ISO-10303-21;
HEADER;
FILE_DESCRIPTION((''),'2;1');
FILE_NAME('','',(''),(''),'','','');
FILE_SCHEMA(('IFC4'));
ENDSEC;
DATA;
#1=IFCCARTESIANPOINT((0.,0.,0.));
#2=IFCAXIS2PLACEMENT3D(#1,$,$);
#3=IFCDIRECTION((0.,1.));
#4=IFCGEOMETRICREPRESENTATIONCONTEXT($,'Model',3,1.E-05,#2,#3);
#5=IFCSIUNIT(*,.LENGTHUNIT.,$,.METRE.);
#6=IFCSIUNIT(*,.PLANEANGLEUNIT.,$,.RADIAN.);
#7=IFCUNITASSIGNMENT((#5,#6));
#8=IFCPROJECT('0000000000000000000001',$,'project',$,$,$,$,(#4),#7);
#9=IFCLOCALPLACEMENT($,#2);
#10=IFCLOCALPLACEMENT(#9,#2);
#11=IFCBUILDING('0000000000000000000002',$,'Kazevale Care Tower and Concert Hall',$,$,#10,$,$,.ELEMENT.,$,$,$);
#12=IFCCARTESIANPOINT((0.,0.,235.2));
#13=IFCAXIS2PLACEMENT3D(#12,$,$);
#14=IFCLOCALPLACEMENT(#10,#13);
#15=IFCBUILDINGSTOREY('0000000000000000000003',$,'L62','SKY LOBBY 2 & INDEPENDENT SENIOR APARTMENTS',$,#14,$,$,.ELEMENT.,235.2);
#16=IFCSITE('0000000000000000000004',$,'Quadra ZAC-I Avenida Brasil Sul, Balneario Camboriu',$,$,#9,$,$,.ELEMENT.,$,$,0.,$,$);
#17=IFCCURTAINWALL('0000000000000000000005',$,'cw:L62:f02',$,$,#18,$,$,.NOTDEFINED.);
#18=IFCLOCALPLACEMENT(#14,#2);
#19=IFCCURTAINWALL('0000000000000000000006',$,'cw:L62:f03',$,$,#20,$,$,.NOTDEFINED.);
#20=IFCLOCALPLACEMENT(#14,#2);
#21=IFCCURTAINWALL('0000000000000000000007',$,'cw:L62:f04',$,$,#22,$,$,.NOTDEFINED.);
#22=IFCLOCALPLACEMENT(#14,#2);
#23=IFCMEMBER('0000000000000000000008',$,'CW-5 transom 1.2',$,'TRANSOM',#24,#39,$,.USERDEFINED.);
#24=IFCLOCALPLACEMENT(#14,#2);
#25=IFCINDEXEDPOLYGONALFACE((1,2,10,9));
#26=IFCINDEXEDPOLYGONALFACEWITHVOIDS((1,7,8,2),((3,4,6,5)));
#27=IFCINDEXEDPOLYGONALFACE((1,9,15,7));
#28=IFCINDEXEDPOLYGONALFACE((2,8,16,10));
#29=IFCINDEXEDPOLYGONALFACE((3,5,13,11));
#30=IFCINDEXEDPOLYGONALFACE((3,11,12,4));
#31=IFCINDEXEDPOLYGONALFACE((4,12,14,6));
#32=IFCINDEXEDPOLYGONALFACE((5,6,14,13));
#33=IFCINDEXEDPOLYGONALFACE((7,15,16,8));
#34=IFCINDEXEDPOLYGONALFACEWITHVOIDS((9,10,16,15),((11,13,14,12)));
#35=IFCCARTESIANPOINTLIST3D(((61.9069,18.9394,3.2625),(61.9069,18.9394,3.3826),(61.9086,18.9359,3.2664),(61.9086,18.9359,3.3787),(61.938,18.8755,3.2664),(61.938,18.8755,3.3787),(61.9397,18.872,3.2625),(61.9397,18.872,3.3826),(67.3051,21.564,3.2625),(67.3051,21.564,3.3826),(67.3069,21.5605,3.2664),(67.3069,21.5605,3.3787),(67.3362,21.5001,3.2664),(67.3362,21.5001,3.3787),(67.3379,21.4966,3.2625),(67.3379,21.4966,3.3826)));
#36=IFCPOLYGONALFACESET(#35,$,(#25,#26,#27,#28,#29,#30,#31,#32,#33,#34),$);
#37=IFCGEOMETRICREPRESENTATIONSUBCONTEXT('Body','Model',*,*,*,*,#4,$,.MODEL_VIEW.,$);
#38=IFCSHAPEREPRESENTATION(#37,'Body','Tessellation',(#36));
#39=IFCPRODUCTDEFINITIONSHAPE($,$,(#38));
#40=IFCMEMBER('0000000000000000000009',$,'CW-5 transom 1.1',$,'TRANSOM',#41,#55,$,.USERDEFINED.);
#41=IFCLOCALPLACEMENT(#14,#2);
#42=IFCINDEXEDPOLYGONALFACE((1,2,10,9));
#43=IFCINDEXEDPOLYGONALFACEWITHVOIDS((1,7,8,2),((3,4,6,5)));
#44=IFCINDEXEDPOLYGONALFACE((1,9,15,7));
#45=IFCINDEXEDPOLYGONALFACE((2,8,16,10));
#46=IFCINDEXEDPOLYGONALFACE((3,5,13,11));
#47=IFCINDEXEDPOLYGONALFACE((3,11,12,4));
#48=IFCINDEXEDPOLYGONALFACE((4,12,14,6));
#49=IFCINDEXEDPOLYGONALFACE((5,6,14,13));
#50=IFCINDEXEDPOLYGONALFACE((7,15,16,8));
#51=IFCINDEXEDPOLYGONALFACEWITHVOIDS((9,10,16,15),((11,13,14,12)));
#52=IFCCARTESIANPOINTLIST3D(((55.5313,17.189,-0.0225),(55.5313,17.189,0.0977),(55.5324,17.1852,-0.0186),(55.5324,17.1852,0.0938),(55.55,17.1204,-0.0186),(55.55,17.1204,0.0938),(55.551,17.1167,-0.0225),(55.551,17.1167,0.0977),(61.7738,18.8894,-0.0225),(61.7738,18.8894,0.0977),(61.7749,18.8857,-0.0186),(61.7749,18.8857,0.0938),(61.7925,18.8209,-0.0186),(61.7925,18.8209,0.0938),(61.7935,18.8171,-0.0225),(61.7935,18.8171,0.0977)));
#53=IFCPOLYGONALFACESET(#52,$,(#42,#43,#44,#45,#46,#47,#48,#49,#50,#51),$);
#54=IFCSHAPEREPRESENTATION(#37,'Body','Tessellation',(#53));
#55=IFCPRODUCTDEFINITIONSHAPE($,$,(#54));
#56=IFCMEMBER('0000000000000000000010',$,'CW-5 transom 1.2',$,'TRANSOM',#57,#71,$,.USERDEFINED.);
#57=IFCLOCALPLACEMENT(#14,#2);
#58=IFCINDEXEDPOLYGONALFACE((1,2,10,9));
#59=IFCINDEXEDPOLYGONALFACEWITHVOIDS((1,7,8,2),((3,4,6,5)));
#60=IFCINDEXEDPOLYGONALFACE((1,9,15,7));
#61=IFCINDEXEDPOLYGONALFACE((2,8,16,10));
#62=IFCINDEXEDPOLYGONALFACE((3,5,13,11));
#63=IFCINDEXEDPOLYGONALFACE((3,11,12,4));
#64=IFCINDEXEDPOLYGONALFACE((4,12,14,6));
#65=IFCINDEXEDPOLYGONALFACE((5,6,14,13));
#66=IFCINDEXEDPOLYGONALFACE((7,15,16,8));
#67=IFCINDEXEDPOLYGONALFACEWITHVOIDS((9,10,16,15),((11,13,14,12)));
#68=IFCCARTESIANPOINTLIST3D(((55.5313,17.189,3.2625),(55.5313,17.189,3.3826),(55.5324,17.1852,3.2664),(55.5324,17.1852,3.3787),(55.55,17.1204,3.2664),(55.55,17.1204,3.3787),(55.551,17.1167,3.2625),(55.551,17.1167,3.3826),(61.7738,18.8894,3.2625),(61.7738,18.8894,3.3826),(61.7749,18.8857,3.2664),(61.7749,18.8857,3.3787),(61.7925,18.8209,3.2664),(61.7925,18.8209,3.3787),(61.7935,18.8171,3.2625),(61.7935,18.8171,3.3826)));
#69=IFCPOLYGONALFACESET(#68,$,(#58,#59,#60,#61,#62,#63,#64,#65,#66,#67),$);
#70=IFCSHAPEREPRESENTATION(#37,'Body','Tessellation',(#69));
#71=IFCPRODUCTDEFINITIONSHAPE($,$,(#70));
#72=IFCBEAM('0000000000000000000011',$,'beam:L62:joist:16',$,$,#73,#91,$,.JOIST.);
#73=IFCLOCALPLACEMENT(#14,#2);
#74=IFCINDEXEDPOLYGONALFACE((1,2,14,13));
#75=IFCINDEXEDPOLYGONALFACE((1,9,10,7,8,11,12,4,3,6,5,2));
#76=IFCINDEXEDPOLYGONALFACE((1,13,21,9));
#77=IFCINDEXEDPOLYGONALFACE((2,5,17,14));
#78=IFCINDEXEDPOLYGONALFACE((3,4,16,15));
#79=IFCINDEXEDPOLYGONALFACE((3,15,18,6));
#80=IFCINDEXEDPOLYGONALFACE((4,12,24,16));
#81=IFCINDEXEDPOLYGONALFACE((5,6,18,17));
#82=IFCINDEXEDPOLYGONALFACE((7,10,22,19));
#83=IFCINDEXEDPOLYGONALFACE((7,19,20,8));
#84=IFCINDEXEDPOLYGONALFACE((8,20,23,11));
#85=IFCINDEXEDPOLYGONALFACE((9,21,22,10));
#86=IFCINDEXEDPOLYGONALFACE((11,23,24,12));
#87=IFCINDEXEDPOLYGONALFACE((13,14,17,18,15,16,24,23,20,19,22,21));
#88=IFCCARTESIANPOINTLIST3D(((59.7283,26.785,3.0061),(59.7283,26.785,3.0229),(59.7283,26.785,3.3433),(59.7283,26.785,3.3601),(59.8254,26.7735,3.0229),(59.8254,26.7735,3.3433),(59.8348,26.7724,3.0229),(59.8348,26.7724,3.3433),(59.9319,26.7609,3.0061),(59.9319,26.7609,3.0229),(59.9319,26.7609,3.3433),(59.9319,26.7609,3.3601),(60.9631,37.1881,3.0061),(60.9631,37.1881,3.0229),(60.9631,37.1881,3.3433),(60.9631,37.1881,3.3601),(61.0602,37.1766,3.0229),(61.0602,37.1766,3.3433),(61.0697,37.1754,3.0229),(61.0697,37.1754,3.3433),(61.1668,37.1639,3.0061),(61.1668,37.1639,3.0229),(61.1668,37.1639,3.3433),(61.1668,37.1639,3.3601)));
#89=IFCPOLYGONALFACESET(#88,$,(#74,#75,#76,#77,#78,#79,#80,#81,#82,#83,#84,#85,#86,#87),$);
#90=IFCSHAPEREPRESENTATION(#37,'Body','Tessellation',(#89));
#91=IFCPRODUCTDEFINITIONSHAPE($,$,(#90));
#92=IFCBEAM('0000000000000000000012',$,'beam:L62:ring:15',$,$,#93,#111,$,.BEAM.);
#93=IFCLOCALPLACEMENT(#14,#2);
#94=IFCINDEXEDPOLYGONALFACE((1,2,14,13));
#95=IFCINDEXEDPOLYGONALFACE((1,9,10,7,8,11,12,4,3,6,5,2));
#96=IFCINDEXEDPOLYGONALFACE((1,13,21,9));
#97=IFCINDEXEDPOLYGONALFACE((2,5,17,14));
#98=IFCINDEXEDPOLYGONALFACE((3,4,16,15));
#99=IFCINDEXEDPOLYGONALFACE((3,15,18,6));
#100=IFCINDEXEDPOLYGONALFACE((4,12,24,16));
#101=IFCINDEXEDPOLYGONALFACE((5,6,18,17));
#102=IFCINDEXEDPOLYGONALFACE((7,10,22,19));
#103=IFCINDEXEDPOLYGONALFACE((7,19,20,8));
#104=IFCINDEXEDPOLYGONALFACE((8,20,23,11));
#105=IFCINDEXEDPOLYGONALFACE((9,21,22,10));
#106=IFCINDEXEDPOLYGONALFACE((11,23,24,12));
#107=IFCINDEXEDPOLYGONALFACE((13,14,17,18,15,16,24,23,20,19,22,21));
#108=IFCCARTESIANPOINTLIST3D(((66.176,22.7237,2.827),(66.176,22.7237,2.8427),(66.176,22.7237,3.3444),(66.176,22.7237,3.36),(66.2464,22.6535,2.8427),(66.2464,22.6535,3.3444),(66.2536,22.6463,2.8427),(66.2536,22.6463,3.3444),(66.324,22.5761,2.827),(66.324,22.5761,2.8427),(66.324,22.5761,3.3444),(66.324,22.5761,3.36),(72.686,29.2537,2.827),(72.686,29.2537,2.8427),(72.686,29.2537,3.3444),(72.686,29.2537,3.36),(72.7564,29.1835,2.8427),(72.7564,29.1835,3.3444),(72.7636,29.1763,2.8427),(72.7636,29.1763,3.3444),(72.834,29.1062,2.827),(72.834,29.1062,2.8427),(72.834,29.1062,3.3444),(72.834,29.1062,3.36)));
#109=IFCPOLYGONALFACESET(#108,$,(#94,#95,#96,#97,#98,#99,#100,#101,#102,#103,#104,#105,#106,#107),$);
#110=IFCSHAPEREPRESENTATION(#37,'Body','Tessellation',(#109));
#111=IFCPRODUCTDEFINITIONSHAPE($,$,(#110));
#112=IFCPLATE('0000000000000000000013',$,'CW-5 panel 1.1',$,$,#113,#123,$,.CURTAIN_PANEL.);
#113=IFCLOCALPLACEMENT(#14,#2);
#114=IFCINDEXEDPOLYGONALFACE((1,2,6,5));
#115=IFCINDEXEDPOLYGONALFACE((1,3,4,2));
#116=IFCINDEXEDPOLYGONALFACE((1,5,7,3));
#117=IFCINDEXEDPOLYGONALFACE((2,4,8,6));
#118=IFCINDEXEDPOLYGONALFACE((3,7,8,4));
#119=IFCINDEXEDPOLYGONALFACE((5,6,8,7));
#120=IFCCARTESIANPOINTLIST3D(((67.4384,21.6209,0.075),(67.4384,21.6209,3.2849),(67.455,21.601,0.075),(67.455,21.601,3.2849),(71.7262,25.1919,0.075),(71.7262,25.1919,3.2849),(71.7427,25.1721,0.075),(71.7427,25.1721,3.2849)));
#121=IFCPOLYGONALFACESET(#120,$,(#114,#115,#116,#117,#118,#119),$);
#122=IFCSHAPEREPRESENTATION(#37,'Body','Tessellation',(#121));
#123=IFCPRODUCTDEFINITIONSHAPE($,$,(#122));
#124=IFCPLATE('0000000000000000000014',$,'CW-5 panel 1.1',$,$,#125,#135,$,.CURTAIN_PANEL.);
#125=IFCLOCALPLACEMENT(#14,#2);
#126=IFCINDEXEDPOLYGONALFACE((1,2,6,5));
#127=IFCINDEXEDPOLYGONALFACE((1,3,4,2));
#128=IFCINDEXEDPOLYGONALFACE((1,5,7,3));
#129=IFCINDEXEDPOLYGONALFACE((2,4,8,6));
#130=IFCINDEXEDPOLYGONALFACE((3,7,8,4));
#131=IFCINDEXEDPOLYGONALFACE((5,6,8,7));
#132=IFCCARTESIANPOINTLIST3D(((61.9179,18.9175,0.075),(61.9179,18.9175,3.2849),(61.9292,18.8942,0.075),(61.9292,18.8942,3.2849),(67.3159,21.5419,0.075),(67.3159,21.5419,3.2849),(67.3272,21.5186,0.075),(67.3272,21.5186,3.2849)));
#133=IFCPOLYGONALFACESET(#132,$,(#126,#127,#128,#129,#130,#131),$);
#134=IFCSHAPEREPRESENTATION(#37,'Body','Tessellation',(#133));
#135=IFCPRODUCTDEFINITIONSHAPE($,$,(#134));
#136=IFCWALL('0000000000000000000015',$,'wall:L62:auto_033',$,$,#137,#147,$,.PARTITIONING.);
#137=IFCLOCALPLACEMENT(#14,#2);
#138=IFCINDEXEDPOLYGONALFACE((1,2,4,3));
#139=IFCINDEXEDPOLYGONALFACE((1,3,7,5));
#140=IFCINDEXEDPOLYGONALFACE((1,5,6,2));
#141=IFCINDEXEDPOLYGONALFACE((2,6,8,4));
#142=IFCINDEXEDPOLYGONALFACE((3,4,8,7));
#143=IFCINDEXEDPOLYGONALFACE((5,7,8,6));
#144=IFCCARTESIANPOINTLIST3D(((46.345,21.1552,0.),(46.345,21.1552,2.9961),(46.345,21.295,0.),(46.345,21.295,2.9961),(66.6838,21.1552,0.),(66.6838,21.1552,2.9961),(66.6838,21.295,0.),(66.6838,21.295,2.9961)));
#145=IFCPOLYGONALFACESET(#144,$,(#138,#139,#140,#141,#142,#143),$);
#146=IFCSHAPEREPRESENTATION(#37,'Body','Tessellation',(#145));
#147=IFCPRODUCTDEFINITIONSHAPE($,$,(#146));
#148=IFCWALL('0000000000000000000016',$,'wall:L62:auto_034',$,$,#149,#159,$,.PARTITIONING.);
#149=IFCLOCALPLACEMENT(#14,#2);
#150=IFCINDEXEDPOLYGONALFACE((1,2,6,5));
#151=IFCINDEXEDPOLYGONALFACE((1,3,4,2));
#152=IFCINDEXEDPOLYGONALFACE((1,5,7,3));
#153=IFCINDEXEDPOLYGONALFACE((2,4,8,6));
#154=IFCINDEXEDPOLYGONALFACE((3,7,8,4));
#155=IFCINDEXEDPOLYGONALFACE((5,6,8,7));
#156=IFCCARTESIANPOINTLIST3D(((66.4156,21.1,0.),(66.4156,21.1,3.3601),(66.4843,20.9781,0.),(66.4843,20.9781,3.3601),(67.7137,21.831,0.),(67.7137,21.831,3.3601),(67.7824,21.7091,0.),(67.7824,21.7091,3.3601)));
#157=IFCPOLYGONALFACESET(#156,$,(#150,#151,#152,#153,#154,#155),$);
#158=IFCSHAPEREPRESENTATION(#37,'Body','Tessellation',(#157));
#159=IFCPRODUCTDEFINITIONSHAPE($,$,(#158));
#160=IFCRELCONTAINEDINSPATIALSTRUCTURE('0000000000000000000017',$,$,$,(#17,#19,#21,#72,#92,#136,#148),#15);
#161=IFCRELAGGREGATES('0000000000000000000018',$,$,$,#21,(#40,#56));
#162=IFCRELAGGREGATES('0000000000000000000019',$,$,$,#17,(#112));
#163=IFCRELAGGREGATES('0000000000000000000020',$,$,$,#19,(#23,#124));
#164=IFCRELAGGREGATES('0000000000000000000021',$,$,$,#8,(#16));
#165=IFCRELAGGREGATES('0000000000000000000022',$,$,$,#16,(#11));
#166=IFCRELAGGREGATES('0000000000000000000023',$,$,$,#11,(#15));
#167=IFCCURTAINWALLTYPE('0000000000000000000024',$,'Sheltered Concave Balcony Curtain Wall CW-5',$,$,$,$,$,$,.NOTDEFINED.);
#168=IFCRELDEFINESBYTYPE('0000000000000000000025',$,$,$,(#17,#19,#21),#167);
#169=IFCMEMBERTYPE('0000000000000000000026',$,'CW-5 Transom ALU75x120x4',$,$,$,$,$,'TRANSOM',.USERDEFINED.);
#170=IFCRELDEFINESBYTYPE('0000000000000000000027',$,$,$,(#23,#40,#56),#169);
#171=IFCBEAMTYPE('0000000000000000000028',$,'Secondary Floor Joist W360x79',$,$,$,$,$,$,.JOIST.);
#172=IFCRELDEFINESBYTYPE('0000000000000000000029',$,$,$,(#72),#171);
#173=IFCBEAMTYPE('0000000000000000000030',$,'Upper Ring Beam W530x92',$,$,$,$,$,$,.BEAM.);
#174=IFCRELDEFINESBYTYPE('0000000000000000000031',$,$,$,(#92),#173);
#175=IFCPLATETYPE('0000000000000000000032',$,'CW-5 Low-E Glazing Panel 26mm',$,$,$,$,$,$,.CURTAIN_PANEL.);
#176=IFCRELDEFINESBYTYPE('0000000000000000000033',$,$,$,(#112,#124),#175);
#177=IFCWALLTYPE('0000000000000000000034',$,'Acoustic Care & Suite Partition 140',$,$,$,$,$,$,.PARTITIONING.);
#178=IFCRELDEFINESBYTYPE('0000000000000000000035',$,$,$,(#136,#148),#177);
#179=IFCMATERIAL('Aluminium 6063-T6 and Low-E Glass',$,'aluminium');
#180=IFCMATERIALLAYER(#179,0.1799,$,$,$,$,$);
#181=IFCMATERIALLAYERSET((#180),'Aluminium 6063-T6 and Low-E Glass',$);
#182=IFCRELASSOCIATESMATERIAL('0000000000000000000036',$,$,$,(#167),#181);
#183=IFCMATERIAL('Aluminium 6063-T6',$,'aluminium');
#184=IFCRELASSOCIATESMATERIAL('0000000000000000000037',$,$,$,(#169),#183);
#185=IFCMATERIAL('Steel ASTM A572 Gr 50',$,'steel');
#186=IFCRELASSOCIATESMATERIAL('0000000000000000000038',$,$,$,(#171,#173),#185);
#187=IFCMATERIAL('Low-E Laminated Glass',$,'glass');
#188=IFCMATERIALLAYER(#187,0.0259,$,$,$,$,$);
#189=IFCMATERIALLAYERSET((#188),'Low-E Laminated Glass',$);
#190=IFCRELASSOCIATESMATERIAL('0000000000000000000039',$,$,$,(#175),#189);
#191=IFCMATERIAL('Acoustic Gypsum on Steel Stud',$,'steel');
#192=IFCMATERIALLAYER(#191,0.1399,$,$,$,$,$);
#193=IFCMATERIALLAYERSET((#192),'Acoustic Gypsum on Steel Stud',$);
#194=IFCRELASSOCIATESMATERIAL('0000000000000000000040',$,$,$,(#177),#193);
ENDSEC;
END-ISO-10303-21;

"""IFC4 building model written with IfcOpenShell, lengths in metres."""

from ifc_helpers import new_model, si_unit, direction, frame, frame_2d, origin, origin_2d, place, context, subcontext, project, spatial, rectangle, hollow_rectangle, i_section, extrude, material, layer, layer_set, material_profile, profile_set, type_object, element, aggregate, save


model = new_model("IFC4")

# Units and contexts
model_context = context("Model", 3, precision=1e-05, world=origin(), true_north=direction((0.0, 1.0)))
body_context = subcontext(model_context, "Body", "Model", "MODEL_VIEW")
ifc_project = project(units=[si_unit("LENGTHUNIT", "METRE"), si_unit("PLANEANGLEUNIT", "RADIAN")], contexts=[model_context])

# Site, building, storey
site_placement = place(None, origin())
site = spatial("IfcSite", under=ifc_project, at=site_placement, Name="Quadra ZAC-I Avenida Brasil Sul, Balneario Camboriu", CompositionType="ELEMENT", RefElevation=0.0)
building_placement = place(site_placement, origin())
building = spatial("IfcBuilding", under=site, at=building_placement, Name="Kazevale Care Tower and Concert Hall", CompositionType="ELEMENT")
storey_placement = place(building_placement, frame((0.0, 0.0, 235.2)))
storey = spatial("IfcBuildingStorey", under=building, at=storey_placement, Name="L62", Description="SKY LOBBY 2 & INDEPENDENT SENIOR APARTMENTS", CompositionType="ELEMENT", Elevation=235.2)

# Curtain walls
ifc_material_1 = material(Name="Aluminium 6063-T6 and Low-E Glass", Category="aluminium")
ifc_layer_1 = layer(ifc_material_1, 0.1799)
ifc_layer_set_1 = layer_set([ifc_layer_1], Name="Aluminium 6063-T6 and Low-E Glass")
curtain_wall_type = type_object("IfcCurtainWallType", Name="Sheltered Concave Balcony Curtain Wall CW-5", PredefinedType="NOTDEFINED", material=ifc_layer_set_1)
curtain_wall_1_placement = place(storey_placement, origin())
curtain_wall_1 = element("IfcCurtainWall", 1, at=curtain_wall_1_placement, inside=storey, type_object=curtain_wall_type, Name="cw:L62:f02", PredefinedType="NOTDEFINED")
ifc_material_2 = material(Name="Aluminium 6063-T6", Category="aluminium")
curtain_wall_2_placement = place(storey_placement, origin())
curtain_wall_2 = element("IfcCurtainWall", 2, at=curtain_wall_2_placement, inside=storey, type_object=curtain_wall_type, Name="cw:L62:f03", PredefinedType="NOTDEFINED")

# Curtain wall
curtain_wall_3_placement = place(storey_placement, origin())
curtain_wall_3 = element("IfcCurtainWall", 3, at=curtain_wall_3_placement, inside=storey, type_object=curtain_wall_type, Name="cw:L62:f04", PredefinedType="NOTDEFINED")

# Members
ifc_material_profile_1 = material_profile(ifc_material_2, hollow_rectangle(XDim=0.075, YDim=0.1201, WallThickness=0.0039, at=origin_2d()), Name="ALU75x120x4")
ifc_profile_set_1 = profile_set([ifc_material_profile_1], Name="Aluminium 6063-T6")
member_type_1 = type_object("IfcMemberType", Name="CW-5 Transom ALU75x120x4", ElementType="TRANSOM", PredefinedType="USERDEFINED", material=ifc_profile_set_1)
member_1_placement = place(storey_placement, frame((67.3215, 21.5303, 3.3225), z_axis=(-0.899342, -0.437245, 0.0), x_axis=(0.437245, -0.899342, 0.0)))
member_1 = element("IfcMember", 4, at=member_1_placement, type_object=member_type_1, Name="CW-5 transom 1.2", ObjectType="TRANSOM", PredefinedType="USERDEFINED", context=body_context, shape_type="SweptSolid", body=[
    extrude(hollow_rectangle(XDim=0.075, YDim=0.1201, WallThickness=0.0039, at=origin_2d()), origin(), (0.0, 0.0, 1.0), 6.0024),
])
member_2_placement = place(storey_placement, frame((61.7837, 18.8533, 0.0376), z_axis=(-0.964844, -0.262824, 0.0), x_axis=(0.262824, -0.964844, 0.0)))
member_2 = element("IfcMember", 5, at=member_2_placement, type_object=member_type_1, Name="CW-5 transom 1.1", ObjectType="TRANSOM", PredefinedType="USERDEFINED", context=body_context, shape_type="SweptSolid", body=[
    extrude(hollow_rectangle(XDim=0.075, YDim=0.1201, WallThickness=0.0039, at=origin_2d()), origin(), (0.0, 0.0, 1.0), 6.47),
])
member_3_placement = place(storey_placement, frame((61.7837, 18.8533, 3.3225), z_axis=(-0.964844, -0.262824, 0.0), x_axis=(0.262824, -0.964844, 0.0)))
member_3 = element("IfcMember", 6, at=member_3_placement, type_object=member_type_1, Name="CW-5 transom 1.2", ObjectType="TRANSOM", PredefinedType="USERDEFINED", context=body_context, shape_type="SweptSolid", body=[
    extrude(hollow_rectangle(XDim=0.075, YDim=0.1201, WallThickness=0.0039, at=origin_2d()), origin(), (0.0, 0.0, 1.0), 6.47),
])
aggregate(curtain_wall_3, [member_2, member_3])

# Beams
ifc_material_3 = material(Name="Steel ASTM A572 Gr 50", Category="steel")
ifc_material_profile_2 = material_profile(ifc_material_3, i_section(OverallWidth=0.2051, OverallDepth=0.354, WebThickness=0.0095, FlangeThickness=0.0168, at=origin_2d()), Name="W360x79")
ifc_profile_set_2 = profile_set([ifc_material_profile_2], Name="Steel ASTM A572 Gr 50")
beam_type_1 = type_object("IfcBeamType", Name="Secondary Floor Joist W360x79", PredefinedType="JOIST", material=ifc_profile_set_2)
beam_1_placement = place(storey_placement, frame((59.8301, 26.7729, 3.1831), z_axis=(0.117874, 0.993029, 0.0), x_axis=(-0.993029, 0.117874, 0.0)))
element("IfcBeam", 7, at=beam_1_placement, inside=storey, type_object=beam_type_1, Name="beam:L62:joist:16", PredefinedType="JOIST", context=body_context, shape_type="SweptSolid", body=[
    extrude(i_section(OverallWidth=0.2051, OverallDepth=0.354, WebThickness=0.0095, FlangeThickness=0.0168, at=origin_2d()), origin(), (0.0, 0.0, 1.0), 10.4761),
])
ifc_material_profile_3 = material_profile(ifc_material_3, i_section(OverallWidth=0.209, OverallDepth=0.533, WebThickness=0.0103, FlangeThickness=0.0156, at=origin_2d()), Name="W530x92")
ifc_profile_set_3 = profile_set([ifc_material_profile_3], Name="Steel ASTM A572 Gr 50")
beam_type_2 = type_object("IfcBeamType", Name="Upper Ring Beam W530x92", PredefinedType="BEAM", material=ifc_profile_set_3)
beam_2_placement = place(storey_placement, frame((66.25, 22.6499, 3.0935), z_axis=(0.70602, 0.708192, 0.0), x_axis=(-0.708192, 0.70602, 0.0)))
element("IfcBeam", 8, at=beam_2_placement, inside=storey, type_object=beam_type_2, Name="beam:L62:ring:15", PredefinedType="BEAM", context=body_context, shape_type="SweptSolid", body=[
    extrude(i_section(OverallWidth=0.209, OverallDepth=0.533, WebThickness=0.0103, FlangeThickness=0.0156, at=origin_2d()), origin(), (0.0, 0.0, 1.0), 9.2207),
])

# Plates
ifc_material_4 = material(Name="Low-E Laminated Glass", Category="glass")
ifc_layer_2 = layer(ifc_material_4, 0.0259)
ifc_layer_set_2 = layer_set([ifc_layer_2], Name="Low-E Laminated Glass")
plate_type = type_object("IfcPlateType", Name="CW-5 Low-E Glazing Panel 26mm", PredefinedType="CURTAIN_PANEL", material=ifc_layer_set_2)
plate_1_placement = place(storey_placement, frame((69.5906, 23.3965, 0.075), z_axis=(0.0, 0.0, 1.0), x_axis=(-0.768407, -0.639961, 0.0)))
plate_1 = element("IfcPlate", 9, at=plate_1_placement, type_object=plate_type, Name="CW-5 panel 1.1", PredefinedType="CURTAIN_PANEL", context=body_context, shape_type="SweptSolid", body=[
    extrude(rectangle(XDim=5.5801, YDim=0.0259, at=origin_2d()), origin(), (0.0, 0.0, 1.0), 3.21),
])
aggregate(curtain_wall_1, [plate_1])
plate_2_placement = place(storey_placement, frame((64.6226, 20.218, 0.075), z_axis=(0.0, 0.0, 1.0), x_axis=(-0.899346, -0.437238, 0.0)))
plate_2 = element("IfcPlate", 10, at=plate_2_placement, type_object=plate_type, Name="CW-5 panel 1.1", PredefinedType="CURTAIN_PANEL", context=body_context, shape_type="SweptSolid", body=[
    extrude(rectangle(XDim=6.0022, YDim=0.0259, at=origin_2d()), origin(), (0.0, 0.0, 1.0), 3.21),
])
aggregate(curtain_wall_2, [member_1, plate_2])

# Walls
ifc_material_5 = material(Name="Acoustic Gypsum on Steel Stud", Category="steel")
ifc_layer_3 = layer(ifc_material_5, 0.1399)
ifc_layer_set_3 = layer_set([ifc_layer_3], Name="Acoustic Gypsum on Steel Stud")
wall_type = type_object("IfcWallType", Name="Acoustic Care & Suite Partition 140", PredefinedType="PARTITIONING", material=ifc_layer_set_3)
wall_1_placement = place(storey_placement, frame((66.6838, 21.2251, 0.0), z_axis=(0.0, 0.0, 1.0), x_axis=(-1.0, 0.0, 0.0)))
element("IfcWall", 11, at=wall_1_placement, inside=storey, type_object=wall_type, Name="wall:L62:auto_033", PredefinedType="PARTITIONING", context=body_context, shape_type="SweptSolid", body=[
    extrude(rectangle(XDim=20.3389, YDim=0.1399, at=frame_2d((10.1694, 0.0))), origin(), (0.0, 0.0, 1.0), 2.9961),
])
wall_2_placement = place(storey_placement, frame((67.748, 21.77, 0.0), z_axis=(0.0, 0.0, 1.0), x_axis=(-0.871352, -0.490658, 0.0)))
element("IfcWall", 12, at=wall_2_placement, inside=storey, type_object=wall_type, Name="wall:L62:auto_034", PredefinedType="PARTITIONING", context=body_context, shape_type="SweptSolid", body=[
    extrude(rectangle(XDim=1.4897, YDim=0.1399, at=frame_2d((0.7449, 0.0))), origin(), (0.0, 0.0, 1.0), 3.3601),
])

save(model, "model.ifc")
